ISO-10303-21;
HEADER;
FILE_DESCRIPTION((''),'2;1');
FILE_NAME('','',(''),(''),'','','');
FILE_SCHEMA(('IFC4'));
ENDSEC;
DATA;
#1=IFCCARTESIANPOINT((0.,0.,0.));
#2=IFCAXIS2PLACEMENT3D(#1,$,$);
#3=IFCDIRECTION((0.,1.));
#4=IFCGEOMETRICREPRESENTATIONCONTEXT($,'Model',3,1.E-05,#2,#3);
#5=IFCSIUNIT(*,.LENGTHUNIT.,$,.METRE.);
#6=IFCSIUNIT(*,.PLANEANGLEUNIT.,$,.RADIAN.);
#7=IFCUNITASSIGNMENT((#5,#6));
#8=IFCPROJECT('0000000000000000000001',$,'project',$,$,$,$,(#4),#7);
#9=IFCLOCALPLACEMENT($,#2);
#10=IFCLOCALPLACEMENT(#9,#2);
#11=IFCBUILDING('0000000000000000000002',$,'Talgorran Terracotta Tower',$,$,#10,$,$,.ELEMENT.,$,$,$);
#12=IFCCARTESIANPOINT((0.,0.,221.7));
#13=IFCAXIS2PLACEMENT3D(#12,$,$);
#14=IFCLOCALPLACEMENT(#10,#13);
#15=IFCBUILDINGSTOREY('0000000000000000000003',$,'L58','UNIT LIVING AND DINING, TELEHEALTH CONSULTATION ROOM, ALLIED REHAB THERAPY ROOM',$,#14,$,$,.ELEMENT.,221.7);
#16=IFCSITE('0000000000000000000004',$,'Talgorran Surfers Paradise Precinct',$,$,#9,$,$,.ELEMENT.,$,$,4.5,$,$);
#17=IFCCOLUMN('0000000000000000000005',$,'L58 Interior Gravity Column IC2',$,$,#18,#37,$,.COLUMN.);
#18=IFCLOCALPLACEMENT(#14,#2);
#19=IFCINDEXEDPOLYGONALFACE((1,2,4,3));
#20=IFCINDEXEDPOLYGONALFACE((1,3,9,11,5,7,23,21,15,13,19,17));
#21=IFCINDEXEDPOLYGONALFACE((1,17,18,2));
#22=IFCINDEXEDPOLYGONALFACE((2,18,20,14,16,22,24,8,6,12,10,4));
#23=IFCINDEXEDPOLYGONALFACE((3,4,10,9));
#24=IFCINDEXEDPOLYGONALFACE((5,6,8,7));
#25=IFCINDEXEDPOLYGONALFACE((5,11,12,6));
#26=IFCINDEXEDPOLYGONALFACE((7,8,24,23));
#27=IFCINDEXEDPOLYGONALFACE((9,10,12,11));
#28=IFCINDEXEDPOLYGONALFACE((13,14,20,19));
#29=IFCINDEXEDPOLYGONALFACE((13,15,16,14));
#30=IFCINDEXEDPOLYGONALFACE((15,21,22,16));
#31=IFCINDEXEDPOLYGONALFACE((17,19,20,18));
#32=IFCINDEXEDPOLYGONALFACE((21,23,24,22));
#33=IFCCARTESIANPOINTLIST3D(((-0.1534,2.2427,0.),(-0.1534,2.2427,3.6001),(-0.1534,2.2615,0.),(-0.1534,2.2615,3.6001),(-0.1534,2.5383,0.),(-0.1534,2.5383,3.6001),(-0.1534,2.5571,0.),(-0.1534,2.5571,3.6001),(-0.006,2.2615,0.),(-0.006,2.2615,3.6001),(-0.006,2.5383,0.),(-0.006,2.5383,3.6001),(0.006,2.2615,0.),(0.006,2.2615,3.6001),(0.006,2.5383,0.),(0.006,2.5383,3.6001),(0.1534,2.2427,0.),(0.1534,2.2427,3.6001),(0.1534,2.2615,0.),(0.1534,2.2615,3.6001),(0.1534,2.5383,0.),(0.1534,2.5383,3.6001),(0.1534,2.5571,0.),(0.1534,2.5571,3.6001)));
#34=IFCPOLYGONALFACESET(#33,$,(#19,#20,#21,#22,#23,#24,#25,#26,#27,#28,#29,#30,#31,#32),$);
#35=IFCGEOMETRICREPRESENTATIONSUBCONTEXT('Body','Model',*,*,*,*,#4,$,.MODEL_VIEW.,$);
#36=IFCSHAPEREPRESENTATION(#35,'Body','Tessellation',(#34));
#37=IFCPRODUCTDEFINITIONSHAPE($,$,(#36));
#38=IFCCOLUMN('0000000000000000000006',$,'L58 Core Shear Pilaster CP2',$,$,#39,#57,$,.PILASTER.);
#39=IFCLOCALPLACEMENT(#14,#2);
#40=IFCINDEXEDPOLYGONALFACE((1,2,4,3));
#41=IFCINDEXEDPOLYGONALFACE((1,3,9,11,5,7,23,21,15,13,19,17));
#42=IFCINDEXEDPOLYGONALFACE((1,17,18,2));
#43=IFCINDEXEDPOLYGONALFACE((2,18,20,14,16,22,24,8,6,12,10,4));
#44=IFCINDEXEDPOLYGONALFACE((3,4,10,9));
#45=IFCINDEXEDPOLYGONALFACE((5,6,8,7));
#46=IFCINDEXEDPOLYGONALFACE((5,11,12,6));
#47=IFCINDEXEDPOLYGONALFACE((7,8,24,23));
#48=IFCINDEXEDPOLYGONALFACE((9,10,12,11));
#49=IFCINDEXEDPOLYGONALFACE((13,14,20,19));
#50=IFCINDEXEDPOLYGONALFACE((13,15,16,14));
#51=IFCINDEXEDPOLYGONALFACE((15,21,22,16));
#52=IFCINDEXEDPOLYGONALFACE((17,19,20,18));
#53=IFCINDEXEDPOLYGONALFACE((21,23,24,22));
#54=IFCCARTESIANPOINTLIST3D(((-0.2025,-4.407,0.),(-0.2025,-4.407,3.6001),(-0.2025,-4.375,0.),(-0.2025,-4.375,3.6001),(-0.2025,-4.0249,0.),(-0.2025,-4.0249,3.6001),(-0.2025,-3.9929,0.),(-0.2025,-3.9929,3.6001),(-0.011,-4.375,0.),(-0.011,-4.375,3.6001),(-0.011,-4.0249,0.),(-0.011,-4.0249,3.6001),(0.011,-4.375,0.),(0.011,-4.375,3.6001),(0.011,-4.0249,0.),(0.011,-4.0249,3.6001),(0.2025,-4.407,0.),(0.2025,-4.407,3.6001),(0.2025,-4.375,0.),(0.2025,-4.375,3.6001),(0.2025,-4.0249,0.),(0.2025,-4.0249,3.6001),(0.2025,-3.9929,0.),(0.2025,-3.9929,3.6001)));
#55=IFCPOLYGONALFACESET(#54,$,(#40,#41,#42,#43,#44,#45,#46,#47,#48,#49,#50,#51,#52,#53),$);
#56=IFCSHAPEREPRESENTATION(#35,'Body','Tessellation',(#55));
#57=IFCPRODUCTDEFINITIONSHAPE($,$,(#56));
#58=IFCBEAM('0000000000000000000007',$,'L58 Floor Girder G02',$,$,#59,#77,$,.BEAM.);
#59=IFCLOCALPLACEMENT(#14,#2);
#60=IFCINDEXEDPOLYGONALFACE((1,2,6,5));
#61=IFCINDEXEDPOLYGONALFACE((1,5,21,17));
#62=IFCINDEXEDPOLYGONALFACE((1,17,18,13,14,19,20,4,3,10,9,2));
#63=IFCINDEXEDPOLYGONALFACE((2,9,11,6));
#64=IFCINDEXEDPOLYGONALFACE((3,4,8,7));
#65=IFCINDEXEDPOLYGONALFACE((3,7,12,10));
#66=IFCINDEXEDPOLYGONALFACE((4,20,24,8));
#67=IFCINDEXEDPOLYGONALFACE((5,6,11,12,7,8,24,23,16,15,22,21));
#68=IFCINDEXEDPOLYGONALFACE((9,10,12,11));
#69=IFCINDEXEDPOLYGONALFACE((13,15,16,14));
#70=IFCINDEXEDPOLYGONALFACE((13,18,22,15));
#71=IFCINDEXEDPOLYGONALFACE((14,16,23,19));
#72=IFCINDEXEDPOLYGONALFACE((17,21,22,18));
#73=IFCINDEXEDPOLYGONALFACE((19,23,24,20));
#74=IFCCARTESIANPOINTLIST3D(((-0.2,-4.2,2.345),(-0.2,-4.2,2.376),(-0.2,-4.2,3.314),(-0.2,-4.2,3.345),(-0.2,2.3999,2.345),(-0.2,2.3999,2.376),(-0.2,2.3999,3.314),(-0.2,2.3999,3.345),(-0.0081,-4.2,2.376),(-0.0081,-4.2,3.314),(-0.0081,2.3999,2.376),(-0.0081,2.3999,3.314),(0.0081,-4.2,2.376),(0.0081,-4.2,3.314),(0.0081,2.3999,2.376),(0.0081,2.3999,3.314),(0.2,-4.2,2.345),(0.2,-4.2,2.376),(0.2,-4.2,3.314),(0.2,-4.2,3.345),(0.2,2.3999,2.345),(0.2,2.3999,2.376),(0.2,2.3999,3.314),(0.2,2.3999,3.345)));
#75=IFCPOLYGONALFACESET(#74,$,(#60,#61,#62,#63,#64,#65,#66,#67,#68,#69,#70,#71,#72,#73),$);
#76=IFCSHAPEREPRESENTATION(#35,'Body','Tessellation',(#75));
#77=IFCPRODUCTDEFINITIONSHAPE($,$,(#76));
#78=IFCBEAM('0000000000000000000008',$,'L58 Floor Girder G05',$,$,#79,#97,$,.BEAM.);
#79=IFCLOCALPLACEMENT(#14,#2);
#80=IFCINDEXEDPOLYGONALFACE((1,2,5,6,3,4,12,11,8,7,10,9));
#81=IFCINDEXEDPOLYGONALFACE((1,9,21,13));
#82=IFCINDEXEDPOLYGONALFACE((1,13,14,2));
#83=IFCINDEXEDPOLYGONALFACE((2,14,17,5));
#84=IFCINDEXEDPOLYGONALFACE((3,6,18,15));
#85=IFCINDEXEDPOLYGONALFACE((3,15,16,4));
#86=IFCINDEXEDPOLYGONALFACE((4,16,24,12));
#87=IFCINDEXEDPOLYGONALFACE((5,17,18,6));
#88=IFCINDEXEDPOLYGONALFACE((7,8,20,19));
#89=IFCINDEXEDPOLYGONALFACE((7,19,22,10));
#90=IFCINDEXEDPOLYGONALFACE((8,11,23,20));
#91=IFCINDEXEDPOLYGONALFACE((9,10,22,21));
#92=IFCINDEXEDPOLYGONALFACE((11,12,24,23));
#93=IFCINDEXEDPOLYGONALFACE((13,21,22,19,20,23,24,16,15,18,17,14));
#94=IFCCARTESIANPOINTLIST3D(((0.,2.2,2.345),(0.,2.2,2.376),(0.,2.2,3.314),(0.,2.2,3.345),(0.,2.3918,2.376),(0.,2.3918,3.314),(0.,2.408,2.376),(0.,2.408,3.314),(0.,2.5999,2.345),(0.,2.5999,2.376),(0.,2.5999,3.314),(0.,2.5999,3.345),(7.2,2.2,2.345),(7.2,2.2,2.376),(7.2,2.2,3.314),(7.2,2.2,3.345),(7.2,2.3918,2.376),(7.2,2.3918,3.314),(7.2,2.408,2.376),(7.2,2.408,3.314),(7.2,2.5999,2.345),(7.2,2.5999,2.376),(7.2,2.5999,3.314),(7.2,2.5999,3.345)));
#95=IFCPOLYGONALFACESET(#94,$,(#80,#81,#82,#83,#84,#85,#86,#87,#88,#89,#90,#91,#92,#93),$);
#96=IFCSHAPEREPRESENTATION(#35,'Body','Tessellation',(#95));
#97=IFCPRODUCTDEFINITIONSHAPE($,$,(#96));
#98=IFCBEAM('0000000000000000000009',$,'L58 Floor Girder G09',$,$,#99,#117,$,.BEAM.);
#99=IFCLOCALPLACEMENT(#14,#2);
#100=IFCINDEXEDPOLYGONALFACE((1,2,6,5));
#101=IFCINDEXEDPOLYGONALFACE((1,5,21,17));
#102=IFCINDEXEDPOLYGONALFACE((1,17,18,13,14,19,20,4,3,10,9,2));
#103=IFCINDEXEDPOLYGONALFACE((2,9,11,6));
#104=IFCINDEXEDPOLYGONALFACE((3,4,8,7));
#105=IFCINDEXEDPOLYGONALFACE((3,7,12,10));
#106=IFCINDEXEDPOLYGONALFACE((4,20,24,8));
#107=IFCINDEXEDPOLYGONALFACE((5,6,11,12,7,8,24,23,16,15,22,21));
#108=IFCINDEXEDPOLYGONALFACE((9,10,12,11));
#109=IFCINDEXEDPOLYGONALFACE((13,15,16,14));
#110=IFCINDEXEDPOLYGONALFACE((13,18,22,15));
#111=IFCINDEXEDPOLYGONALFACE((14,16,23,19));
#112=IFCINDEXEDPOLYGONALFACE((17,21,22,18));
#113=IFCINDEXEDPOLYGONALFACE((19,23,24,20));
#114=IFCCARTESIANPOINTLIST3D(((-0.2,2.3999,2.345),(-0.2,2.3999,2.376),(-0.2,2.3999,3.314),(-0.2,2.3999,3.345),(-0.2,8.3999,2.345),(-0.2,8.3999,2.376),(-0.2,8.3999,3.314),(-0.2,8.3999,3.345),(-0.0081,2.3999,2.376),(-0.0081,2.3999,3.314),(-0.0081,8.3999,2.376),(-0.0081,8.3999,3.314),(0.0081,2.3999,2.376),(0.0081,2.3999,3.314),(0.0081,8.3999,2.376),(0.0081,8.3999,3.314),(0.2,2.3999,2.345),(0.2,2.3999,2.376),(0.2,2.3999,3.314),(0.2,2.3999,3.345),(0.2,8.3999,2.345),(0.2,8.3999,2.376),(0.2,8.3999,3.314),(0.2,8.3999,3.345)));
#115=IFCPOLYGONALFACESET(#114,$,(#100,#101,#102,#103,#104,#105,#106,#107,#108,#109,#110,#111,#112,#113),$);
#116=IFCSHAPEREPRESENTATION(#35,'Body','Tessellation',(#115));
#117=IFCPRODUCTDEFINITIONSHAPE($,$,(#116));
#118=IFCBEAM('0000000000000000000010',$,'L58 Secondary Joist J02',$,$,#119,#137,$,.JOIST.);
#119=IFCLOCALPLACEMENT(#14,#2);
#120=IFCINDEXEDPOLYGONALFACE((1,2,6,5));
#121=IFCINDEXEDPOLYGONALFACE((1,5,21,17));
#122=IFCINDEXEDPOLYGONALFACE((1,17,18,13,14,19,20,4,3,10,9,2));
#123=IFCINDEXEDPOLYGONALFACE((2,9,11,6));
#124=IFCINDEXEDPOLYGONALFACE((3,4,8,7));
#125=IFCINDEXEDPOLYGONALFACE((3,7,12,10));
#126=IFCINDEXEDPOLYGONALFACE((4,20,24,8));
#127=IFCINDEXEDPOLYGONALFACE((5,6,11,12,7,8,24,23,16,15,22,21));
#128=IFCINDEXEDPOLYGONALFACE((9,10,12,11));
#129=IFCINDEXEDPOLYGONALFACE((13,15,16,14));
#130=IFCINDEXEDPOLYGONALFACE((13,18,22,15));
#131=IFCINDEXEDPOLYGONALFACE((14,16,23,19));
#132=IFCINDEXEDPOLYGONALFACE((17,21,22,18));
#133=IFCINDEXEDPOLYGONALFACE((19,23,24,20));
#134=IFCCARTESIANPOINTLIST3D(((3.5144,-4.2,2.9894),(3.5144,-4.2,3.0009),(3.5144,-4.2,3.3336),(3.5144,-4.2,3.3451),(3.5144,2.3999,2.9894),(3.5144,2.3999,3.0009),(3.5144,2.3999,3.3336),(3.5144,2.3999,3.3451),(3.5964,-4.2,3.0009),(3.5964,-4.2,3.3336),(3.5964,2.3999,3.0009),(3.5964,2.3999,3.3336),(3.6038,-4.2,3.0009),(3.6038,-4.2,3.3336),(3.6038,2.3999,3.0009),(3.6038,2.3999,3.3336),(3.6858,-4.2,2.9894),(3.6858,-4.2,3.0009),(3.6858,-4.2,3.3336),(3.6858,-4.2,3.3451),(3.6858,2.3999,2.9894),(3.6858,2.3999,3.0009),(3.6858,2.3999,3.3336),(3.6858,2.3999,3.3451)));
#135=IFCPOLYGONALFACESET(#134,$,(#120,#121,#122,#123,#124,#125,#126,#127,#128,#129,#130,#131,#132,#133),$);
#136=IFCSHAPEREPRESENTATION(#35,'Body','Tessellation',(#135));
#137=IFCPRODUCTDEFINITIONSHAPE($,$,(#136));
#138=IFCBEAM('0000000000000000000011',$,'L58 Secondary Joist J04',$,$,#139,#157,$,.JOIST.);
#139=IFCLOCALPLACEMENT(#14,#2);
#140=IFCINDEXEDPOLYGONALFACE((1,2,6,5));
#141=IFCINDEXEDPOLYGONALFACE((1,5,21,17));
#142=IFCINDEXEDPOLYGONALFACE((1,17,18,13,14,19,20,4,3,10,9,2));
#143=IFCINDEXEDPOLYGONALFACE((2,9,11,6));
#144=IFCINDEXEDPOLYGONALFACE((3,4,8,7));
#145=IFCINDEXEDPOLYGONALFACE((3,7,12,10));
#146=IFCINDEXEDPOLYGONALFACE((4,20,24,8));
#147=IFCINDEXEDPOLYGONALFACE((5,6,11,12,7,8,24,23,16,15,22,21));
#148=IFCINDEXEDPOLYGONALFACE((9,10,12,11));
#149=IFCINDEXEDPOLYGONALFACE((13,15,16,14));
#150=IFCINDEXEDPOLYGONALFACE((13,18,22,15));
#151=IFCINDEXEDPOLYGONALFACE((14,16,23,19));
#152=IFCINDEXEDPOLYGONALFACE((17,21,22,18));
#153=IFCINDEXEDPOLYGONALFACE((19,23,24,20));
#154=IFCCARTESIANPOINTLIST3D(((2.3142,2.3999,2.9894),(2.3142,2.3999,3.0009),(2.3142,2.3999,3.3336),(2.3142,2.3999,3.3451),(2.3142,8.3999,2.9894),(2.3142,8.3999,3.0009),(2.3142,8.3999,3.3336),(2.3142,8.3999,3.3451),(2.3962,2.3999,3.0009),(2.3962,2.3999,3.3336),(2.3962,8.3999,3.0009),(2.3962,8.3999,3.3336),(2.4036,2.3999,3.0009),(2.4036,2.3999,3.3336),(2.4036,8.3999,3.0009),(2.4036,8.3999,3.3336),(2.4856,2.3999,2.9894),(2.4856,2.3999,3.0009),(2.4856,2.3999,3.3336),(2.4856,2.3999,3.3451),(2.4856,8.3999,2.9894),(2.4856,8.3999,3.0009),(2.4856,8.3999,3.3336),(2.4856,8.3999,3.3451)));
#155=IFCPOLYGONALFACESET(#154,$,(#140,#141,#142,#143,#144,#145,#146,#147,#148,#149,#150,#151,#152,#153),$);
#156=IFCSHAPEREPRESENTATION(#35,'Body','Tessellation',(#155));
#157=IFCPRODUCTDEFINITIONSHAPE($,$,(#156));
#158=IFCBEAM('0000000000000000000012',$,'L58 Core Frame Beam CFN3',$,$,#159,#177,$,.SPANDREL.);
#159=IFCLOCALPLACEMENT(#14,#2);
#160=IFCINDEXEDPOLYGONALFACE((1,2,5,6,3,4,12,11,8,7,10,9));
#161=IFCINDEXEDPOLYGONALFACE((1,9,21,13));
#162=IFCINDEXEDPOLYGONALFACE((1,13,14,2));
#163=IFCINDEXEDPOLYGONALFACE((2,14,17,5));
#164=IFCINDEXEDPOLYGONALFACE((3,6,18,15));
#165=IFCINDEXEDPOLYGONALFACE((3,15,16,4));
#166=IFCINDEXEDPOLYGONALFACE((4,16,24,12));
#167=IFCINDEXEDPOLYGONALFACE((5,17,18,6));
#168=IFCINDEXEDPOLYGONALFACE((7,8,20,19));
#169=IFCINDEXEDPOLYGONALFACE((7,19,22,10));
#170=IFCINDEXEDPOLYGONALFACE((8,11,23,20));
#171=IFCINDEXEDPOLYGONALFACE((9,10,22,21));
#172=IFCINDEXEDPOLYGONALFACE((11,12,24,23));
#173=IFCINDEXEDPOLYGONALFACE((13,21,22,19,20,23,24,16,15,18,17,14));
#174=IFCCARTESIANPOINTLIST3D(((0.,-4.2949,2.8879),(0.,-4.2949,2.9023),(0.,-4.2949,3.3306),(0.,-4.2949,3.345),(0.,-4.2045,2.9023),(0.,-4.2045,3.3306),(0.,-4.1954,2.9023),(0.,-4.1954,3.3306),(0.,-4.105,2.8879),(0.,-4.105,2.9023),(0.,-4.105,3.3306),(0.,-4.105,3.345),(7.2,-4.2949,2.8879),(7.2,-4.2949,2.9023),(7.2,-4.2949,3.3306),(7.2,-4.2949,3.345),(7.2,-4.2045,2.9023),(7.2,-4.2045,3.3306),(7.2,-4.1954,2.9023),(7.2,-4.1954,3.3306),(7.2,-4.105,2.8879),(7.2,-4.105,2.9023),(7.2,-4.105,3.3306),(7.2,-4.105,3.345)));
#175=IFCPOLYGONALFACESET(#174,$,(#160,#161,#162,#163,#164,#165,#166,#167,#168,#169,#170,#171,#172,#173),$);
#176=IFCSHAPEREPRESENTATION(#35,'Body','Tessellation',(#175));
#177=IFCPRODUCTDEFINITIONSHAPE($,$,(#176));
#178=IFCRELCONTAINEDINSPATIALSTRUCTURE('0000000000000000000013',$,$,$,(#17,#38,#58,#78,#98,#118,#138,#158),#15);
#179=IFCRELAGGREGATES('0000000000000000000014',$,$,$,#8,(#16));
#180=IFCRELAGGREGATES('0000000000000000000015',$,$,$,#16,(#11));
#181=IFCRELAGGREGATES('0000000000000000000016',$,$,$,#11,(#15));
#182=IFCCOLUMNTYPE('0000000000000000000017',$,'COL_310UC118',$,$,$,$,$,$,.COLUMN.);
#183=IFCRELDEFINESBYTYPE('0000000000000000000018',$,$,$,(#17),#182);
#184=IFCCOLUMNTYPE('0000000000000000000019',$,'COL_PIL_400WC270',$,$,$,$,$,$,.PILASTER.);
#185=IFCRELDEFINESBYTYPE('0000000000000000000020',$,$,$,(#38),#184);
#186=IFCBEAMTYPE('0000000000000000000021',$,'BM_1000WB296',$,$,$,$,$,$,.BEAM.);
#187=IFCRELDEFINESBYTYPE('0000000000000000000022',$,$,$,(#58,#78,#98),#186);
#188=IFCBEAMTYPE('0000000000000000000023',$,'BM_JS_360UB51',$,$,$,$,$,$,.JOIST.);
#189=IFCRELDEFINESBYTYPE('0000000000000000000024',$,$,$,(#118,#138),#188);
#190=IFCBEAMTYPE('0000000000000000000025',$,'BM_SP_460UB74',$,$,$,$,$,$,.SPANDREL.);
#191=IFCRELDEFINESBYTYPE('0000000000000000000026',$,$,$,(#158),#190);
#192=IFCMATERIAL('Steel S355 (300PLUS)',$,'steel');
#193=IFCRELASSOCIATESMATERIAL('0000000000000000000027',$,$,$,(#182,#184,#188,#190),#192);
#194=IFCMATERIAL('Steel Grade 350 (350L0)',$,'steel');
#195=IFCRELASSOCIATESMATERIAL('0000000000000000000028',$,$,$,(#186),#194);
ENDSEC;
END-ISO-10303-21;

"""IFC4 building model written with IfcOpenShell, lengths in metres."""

from ifc_helpers import new_model, si_unit, direction, frame, origin, origin_2d, place, context, subcontext, project, spatial, i_section, extrude, material, material_profile, profile_set, type_object, element, save


model = new_model("IFC4")

# Units and contexts
model_context = context("Model", 3, precision=1e-05, world=origin(), true_north=direction((0.0, 1.0)))
body_context = subcontext(model_context, "Body", "Model", "MODEL_VIEW")
ifc_project = project(units=[si_unit("LENGTHUNIT", "METRE"), si_unit("PLANEANGLEUNIT", "RADIAN")], contexts=[model_context])

# Site, building, storey
site_placement = place(None, origin())
site = spatial("IfcSite", under=ifc_project, at=site_placement, Name="Talgorran Surfers Paradise Precinct", CompositionType="ELEMENT", RefElevation=4.5)
building_placement = place(site_placement, origin())
building = spatial("IfcBuilding", under=site, at=building_placement, Name="Talgorran Terracotta Tower", CompositionType="ELEMENT")
storey_placement = place(building_placement, frame((0.0, 0.0, 221.7)))
storey = spatial("IfcBuildingStorey", under=building, at=storey_placement, Name="L58", Description="UNIT LIVING AND DINING, TELEHEALTH CONSULTATION ROOM, ALLIED REHAB THERAPY ROOM", CompositionType="ELEMENT", Elevation=221.7)

# Columns
ifc_material_1 = material(Name="Steel S355 (300PLUS)", Category="steel")
ifc_material_profile_1 = material_profile(ifc_material_1, i_section(OverallWidth=0.3069, OverallDepth=0.3145, WebThickness=0.012, FlangeThickness=0.0188, at=origin_2d()), Name="310UC118")
ifc_profile_set_1 = profile_set([ifc_material_profile_1], Name="Steel S355 (300PLUS)")
column_type_1 = type_object("IfcColumnType", Name="COL_310UC118", PredefinedType="COLUMN", material=ifc_profile_set_1)
column_1_placement = place(storey_placement, frame((0.0, 2.3999, 0.0), z_axis=(0.0, 0.0, 1.0), x_axis=(1.0, 0.0, 0.0)))
element("IfcColumn", 1, at=column_1_placement, inside=storey, type_object=column_type_1, Name="L58 Interior Gravity Column IC2", PredefinedType="COLUMN", context=body_context, shape_type="SweptSolid", body=[
    extrude(i_section(OverallWidth=0.3069, OverallDepth=0.3145, WebThickness=0.012, FlangeThickness=0.0188, at=origin_2d()), origin(), (0.0, 0.0, 1.0), 3.6001),
])
ifc_material_profile_2 = material_profile(ifc_material_1, i_section(OverallWidth=0.405, OverallDepth=0.4141, WebThickness=0.022, FlangeThickness=0.032, at=origin_2d()), Name="400WC270")
ifc_profile_set_2 = profile_set([ifc_material_profile_2], Name="Steel S355 (300PLUS)")
column_type_2 = type_object("IfcColumnType", Name="COL_PIL_400WC270", PredefinedType="PILASTER", material=ifc_profile_set_2)
column_2_placement = place(storey_placement, frame((0.0, -4.2, 0.0), z_axis=(0.0, 0.0, 1.0), x_axis=(1.0, 0.0, 0.0)))
element("IfcColumn", 2, at=column_2_placement, inside=storey, type_object=column_type_2, Name="L58 Core Shear Pilaster CP2", PredefinedType="PILASTER", context=body_context, shape_type="SweptSolid", body=[
    extrude(i_section(OverallWidth=0.405, OverallDepth=0.4141, WebThickness=0.022, FlangeThickness=0.032, at=origin_2d()), origin(), (0.0, 0.0, 1.0), 3.6001),
])

# Beams
ifc_material_2 = material(Name="Steel Grade 350 (350L0)", Category="steel")
ifc_material_profile_3 = material_profile(ifc_material_2, i_section(OverallWidth=0.3999, OverallDepth=1.0, WebThickness=0.0161, FlangeThickness=0.031, at=origin_2d()), Name="1000WB296")
ifc_profile_set_3 = profile_set([ifc_material_profile_3], Name="Steel Grade 350 (350L0)")
beam_type_1 = type_object("IfcBeamType", Name="BM_1000WB296", PredefinedType="BEAM", material=ifc_profile_set_3)
beam_1_placement = place(storey_placement, frame((0.0, -4.2, 2.845), z_axis=(0.0, 1.0, 0.0), x_axis=(-1.0, 0.0, 0.0)))
element("IfcBeam", 3, at=beam_1_placement, inside=storey, type_object=beam_type_1, Name="L58 Floor Girder G02", PredefinedType="BEAM", context=body_context, shape_type="SweptSolid", body=[
    extrude(i_section(OverallWidth=0.3999, OverallDepth=1.0, WebThickness=0.0161, FlangeThickness=0.031, at=origin_2d()), origin(), (0.0, 0.0, 1.0), 6.5999),
])
beam_2_placement = place(storey_placement, frame((0.0, 2.3999, 2.845), z_axis=(1.0, 0.0, 0.0), x_axis=(0.0, 1.0, 0.0)))
element("IfcBeam", 4, at=beam_2_placement, inside=storey, type_object=beam_type_1, Name="L58 Floor Girder G05", PredefinedType="BEAM", context=body_context, shape_type="SweptSolid", body=[
    extrude(i_section(OverallWidth=0.3999, OverallDepth=1.0, WebThickness=0.0161, FlangeThickness=0.031, at=origin_2d()), origin(), (0.0, 0.0, 1.0), 7.2),
])
beam_3_placement = place(storey_placement, frame((0.0, 2.3999, 2.845), z_axis=(0.0, 1.0, 0.0), x_axis=(-1.0, 0.0, 0.0)))
element("IfcBeam", 5, at=beam_3_placement, inside=storey, type_object=beam_type_1, Name="L58 Floor Girder G09", PredefinedType="BEAM", context=body_context, shape_type="SweptSolid", body=[
    extrude(i_section(OverallWidth=0.3999, OverallDepth=1.0, WebThickness=0.0161, FlangeThickness=0.031, at=origin_2d()), origin(), (0.0, 0.0, 1.0), 6.0),
])
ifc_material_profile_4 = material_profile(ifc_material_1, i_section(OverallWidth=0.1714, OverallDepth=0.3557, WebThickness=0.0073, FlangeThickness=0.0115, at=origin_2d()), Name="360UB50.7")
ifc_profile_set_4 = profile_set([ifc_material_profile_4], Name="Steel S355 (300PLUS)")
beam_type_2 = type_object("IfcBeamType", Name="BM_JS_360UB51", PredefinedType="JOIST", material=ifc_profile_set_4)
beam_4_placement = place(storey_placement, frame((3.6001, -4.2, 3.1672), z_axis=(0.0, 1.0, 0.0), x_axis=(-1.0, 0.0, 0.0)))
element("IfcBeam", 6, at=beam_4_placement, inside=storey, type_object=beam_type_2, Name="L58 Secondary Joist J02", PredefinedType="JOIST", context=body_context, shape_type="SweptSolid", body=[
    extrude(i_section(OverallWidth=0.1714, OverallDepth=0.3557, WebThickness=0.0073, FlangeThickness=0.0115, at=origin_2d()), origin(), (0.0, 0.0, 1.0), 6.5999),
])
beam_5_placement = place(storey_placement, frame((2.3999, 2.3999, 3.1672), z_axis=(0.0, 1.0, 0.0), x_axis=(-1.0, 0.0, 0.0)))
element("IfcBeam", 7, at=beam_5_placement, inside=storey, type_object=beam_type_2, Name="L58 Secondary Joist J04", PredefinedType="JOIST", context=body_context, shape_type="SweptSolid", body=[
    extrude(i_section(OverallWidth=0.1714, OverallDepth=0.3557, WebThickness=0.0073, FlangeThickness=0.0115, at=origin_2d()), origin(), (0.0, 0.0, 1.0), 6.0),
])
ifc_material_profile_5 = material_profile(ifc_material_1, i_section(OverallWidth=0.1899, OverallDepth=0.457, WebThickness=0.009, FlangeThickness=0.0144, at=origin_2d()), Name="460UB74.6")
ifc_profile_set_5 = profile_set([ifc_material_profile_5], Name="Steel S355 (300PLUS)")
beam_type_3 = type_object("IfcBeamType", Name="BM_SP_460UB74", PredefinedType="SPANDREL", material=ifc_profile_set_5)
beam_6_placement = place(storey_placement, frame((0.0, -4.2, 3.1165), z_axis=(1.0, 0.0, 0.0), x_axis=(0.0, 1.0, 0.0)))
element("IfcBeam", 8, at=beam_6_placement, inside=storey, type_object=beam_type_3, Name="L58 Core Frame Beam CFN3", PredefinedType="SPANDREL", context=body_context, shape_type="SweptSolid", body=[
    extrude(i_section(OverallWidth=0.1899, OverallDepth=0.457, WebThickness=0.009, FlangeThickness=0.0144, at=origin_2d()), origin(), (0.0, 0.0, 1.0), 7.2),
])

save(model, "model.ifc")
